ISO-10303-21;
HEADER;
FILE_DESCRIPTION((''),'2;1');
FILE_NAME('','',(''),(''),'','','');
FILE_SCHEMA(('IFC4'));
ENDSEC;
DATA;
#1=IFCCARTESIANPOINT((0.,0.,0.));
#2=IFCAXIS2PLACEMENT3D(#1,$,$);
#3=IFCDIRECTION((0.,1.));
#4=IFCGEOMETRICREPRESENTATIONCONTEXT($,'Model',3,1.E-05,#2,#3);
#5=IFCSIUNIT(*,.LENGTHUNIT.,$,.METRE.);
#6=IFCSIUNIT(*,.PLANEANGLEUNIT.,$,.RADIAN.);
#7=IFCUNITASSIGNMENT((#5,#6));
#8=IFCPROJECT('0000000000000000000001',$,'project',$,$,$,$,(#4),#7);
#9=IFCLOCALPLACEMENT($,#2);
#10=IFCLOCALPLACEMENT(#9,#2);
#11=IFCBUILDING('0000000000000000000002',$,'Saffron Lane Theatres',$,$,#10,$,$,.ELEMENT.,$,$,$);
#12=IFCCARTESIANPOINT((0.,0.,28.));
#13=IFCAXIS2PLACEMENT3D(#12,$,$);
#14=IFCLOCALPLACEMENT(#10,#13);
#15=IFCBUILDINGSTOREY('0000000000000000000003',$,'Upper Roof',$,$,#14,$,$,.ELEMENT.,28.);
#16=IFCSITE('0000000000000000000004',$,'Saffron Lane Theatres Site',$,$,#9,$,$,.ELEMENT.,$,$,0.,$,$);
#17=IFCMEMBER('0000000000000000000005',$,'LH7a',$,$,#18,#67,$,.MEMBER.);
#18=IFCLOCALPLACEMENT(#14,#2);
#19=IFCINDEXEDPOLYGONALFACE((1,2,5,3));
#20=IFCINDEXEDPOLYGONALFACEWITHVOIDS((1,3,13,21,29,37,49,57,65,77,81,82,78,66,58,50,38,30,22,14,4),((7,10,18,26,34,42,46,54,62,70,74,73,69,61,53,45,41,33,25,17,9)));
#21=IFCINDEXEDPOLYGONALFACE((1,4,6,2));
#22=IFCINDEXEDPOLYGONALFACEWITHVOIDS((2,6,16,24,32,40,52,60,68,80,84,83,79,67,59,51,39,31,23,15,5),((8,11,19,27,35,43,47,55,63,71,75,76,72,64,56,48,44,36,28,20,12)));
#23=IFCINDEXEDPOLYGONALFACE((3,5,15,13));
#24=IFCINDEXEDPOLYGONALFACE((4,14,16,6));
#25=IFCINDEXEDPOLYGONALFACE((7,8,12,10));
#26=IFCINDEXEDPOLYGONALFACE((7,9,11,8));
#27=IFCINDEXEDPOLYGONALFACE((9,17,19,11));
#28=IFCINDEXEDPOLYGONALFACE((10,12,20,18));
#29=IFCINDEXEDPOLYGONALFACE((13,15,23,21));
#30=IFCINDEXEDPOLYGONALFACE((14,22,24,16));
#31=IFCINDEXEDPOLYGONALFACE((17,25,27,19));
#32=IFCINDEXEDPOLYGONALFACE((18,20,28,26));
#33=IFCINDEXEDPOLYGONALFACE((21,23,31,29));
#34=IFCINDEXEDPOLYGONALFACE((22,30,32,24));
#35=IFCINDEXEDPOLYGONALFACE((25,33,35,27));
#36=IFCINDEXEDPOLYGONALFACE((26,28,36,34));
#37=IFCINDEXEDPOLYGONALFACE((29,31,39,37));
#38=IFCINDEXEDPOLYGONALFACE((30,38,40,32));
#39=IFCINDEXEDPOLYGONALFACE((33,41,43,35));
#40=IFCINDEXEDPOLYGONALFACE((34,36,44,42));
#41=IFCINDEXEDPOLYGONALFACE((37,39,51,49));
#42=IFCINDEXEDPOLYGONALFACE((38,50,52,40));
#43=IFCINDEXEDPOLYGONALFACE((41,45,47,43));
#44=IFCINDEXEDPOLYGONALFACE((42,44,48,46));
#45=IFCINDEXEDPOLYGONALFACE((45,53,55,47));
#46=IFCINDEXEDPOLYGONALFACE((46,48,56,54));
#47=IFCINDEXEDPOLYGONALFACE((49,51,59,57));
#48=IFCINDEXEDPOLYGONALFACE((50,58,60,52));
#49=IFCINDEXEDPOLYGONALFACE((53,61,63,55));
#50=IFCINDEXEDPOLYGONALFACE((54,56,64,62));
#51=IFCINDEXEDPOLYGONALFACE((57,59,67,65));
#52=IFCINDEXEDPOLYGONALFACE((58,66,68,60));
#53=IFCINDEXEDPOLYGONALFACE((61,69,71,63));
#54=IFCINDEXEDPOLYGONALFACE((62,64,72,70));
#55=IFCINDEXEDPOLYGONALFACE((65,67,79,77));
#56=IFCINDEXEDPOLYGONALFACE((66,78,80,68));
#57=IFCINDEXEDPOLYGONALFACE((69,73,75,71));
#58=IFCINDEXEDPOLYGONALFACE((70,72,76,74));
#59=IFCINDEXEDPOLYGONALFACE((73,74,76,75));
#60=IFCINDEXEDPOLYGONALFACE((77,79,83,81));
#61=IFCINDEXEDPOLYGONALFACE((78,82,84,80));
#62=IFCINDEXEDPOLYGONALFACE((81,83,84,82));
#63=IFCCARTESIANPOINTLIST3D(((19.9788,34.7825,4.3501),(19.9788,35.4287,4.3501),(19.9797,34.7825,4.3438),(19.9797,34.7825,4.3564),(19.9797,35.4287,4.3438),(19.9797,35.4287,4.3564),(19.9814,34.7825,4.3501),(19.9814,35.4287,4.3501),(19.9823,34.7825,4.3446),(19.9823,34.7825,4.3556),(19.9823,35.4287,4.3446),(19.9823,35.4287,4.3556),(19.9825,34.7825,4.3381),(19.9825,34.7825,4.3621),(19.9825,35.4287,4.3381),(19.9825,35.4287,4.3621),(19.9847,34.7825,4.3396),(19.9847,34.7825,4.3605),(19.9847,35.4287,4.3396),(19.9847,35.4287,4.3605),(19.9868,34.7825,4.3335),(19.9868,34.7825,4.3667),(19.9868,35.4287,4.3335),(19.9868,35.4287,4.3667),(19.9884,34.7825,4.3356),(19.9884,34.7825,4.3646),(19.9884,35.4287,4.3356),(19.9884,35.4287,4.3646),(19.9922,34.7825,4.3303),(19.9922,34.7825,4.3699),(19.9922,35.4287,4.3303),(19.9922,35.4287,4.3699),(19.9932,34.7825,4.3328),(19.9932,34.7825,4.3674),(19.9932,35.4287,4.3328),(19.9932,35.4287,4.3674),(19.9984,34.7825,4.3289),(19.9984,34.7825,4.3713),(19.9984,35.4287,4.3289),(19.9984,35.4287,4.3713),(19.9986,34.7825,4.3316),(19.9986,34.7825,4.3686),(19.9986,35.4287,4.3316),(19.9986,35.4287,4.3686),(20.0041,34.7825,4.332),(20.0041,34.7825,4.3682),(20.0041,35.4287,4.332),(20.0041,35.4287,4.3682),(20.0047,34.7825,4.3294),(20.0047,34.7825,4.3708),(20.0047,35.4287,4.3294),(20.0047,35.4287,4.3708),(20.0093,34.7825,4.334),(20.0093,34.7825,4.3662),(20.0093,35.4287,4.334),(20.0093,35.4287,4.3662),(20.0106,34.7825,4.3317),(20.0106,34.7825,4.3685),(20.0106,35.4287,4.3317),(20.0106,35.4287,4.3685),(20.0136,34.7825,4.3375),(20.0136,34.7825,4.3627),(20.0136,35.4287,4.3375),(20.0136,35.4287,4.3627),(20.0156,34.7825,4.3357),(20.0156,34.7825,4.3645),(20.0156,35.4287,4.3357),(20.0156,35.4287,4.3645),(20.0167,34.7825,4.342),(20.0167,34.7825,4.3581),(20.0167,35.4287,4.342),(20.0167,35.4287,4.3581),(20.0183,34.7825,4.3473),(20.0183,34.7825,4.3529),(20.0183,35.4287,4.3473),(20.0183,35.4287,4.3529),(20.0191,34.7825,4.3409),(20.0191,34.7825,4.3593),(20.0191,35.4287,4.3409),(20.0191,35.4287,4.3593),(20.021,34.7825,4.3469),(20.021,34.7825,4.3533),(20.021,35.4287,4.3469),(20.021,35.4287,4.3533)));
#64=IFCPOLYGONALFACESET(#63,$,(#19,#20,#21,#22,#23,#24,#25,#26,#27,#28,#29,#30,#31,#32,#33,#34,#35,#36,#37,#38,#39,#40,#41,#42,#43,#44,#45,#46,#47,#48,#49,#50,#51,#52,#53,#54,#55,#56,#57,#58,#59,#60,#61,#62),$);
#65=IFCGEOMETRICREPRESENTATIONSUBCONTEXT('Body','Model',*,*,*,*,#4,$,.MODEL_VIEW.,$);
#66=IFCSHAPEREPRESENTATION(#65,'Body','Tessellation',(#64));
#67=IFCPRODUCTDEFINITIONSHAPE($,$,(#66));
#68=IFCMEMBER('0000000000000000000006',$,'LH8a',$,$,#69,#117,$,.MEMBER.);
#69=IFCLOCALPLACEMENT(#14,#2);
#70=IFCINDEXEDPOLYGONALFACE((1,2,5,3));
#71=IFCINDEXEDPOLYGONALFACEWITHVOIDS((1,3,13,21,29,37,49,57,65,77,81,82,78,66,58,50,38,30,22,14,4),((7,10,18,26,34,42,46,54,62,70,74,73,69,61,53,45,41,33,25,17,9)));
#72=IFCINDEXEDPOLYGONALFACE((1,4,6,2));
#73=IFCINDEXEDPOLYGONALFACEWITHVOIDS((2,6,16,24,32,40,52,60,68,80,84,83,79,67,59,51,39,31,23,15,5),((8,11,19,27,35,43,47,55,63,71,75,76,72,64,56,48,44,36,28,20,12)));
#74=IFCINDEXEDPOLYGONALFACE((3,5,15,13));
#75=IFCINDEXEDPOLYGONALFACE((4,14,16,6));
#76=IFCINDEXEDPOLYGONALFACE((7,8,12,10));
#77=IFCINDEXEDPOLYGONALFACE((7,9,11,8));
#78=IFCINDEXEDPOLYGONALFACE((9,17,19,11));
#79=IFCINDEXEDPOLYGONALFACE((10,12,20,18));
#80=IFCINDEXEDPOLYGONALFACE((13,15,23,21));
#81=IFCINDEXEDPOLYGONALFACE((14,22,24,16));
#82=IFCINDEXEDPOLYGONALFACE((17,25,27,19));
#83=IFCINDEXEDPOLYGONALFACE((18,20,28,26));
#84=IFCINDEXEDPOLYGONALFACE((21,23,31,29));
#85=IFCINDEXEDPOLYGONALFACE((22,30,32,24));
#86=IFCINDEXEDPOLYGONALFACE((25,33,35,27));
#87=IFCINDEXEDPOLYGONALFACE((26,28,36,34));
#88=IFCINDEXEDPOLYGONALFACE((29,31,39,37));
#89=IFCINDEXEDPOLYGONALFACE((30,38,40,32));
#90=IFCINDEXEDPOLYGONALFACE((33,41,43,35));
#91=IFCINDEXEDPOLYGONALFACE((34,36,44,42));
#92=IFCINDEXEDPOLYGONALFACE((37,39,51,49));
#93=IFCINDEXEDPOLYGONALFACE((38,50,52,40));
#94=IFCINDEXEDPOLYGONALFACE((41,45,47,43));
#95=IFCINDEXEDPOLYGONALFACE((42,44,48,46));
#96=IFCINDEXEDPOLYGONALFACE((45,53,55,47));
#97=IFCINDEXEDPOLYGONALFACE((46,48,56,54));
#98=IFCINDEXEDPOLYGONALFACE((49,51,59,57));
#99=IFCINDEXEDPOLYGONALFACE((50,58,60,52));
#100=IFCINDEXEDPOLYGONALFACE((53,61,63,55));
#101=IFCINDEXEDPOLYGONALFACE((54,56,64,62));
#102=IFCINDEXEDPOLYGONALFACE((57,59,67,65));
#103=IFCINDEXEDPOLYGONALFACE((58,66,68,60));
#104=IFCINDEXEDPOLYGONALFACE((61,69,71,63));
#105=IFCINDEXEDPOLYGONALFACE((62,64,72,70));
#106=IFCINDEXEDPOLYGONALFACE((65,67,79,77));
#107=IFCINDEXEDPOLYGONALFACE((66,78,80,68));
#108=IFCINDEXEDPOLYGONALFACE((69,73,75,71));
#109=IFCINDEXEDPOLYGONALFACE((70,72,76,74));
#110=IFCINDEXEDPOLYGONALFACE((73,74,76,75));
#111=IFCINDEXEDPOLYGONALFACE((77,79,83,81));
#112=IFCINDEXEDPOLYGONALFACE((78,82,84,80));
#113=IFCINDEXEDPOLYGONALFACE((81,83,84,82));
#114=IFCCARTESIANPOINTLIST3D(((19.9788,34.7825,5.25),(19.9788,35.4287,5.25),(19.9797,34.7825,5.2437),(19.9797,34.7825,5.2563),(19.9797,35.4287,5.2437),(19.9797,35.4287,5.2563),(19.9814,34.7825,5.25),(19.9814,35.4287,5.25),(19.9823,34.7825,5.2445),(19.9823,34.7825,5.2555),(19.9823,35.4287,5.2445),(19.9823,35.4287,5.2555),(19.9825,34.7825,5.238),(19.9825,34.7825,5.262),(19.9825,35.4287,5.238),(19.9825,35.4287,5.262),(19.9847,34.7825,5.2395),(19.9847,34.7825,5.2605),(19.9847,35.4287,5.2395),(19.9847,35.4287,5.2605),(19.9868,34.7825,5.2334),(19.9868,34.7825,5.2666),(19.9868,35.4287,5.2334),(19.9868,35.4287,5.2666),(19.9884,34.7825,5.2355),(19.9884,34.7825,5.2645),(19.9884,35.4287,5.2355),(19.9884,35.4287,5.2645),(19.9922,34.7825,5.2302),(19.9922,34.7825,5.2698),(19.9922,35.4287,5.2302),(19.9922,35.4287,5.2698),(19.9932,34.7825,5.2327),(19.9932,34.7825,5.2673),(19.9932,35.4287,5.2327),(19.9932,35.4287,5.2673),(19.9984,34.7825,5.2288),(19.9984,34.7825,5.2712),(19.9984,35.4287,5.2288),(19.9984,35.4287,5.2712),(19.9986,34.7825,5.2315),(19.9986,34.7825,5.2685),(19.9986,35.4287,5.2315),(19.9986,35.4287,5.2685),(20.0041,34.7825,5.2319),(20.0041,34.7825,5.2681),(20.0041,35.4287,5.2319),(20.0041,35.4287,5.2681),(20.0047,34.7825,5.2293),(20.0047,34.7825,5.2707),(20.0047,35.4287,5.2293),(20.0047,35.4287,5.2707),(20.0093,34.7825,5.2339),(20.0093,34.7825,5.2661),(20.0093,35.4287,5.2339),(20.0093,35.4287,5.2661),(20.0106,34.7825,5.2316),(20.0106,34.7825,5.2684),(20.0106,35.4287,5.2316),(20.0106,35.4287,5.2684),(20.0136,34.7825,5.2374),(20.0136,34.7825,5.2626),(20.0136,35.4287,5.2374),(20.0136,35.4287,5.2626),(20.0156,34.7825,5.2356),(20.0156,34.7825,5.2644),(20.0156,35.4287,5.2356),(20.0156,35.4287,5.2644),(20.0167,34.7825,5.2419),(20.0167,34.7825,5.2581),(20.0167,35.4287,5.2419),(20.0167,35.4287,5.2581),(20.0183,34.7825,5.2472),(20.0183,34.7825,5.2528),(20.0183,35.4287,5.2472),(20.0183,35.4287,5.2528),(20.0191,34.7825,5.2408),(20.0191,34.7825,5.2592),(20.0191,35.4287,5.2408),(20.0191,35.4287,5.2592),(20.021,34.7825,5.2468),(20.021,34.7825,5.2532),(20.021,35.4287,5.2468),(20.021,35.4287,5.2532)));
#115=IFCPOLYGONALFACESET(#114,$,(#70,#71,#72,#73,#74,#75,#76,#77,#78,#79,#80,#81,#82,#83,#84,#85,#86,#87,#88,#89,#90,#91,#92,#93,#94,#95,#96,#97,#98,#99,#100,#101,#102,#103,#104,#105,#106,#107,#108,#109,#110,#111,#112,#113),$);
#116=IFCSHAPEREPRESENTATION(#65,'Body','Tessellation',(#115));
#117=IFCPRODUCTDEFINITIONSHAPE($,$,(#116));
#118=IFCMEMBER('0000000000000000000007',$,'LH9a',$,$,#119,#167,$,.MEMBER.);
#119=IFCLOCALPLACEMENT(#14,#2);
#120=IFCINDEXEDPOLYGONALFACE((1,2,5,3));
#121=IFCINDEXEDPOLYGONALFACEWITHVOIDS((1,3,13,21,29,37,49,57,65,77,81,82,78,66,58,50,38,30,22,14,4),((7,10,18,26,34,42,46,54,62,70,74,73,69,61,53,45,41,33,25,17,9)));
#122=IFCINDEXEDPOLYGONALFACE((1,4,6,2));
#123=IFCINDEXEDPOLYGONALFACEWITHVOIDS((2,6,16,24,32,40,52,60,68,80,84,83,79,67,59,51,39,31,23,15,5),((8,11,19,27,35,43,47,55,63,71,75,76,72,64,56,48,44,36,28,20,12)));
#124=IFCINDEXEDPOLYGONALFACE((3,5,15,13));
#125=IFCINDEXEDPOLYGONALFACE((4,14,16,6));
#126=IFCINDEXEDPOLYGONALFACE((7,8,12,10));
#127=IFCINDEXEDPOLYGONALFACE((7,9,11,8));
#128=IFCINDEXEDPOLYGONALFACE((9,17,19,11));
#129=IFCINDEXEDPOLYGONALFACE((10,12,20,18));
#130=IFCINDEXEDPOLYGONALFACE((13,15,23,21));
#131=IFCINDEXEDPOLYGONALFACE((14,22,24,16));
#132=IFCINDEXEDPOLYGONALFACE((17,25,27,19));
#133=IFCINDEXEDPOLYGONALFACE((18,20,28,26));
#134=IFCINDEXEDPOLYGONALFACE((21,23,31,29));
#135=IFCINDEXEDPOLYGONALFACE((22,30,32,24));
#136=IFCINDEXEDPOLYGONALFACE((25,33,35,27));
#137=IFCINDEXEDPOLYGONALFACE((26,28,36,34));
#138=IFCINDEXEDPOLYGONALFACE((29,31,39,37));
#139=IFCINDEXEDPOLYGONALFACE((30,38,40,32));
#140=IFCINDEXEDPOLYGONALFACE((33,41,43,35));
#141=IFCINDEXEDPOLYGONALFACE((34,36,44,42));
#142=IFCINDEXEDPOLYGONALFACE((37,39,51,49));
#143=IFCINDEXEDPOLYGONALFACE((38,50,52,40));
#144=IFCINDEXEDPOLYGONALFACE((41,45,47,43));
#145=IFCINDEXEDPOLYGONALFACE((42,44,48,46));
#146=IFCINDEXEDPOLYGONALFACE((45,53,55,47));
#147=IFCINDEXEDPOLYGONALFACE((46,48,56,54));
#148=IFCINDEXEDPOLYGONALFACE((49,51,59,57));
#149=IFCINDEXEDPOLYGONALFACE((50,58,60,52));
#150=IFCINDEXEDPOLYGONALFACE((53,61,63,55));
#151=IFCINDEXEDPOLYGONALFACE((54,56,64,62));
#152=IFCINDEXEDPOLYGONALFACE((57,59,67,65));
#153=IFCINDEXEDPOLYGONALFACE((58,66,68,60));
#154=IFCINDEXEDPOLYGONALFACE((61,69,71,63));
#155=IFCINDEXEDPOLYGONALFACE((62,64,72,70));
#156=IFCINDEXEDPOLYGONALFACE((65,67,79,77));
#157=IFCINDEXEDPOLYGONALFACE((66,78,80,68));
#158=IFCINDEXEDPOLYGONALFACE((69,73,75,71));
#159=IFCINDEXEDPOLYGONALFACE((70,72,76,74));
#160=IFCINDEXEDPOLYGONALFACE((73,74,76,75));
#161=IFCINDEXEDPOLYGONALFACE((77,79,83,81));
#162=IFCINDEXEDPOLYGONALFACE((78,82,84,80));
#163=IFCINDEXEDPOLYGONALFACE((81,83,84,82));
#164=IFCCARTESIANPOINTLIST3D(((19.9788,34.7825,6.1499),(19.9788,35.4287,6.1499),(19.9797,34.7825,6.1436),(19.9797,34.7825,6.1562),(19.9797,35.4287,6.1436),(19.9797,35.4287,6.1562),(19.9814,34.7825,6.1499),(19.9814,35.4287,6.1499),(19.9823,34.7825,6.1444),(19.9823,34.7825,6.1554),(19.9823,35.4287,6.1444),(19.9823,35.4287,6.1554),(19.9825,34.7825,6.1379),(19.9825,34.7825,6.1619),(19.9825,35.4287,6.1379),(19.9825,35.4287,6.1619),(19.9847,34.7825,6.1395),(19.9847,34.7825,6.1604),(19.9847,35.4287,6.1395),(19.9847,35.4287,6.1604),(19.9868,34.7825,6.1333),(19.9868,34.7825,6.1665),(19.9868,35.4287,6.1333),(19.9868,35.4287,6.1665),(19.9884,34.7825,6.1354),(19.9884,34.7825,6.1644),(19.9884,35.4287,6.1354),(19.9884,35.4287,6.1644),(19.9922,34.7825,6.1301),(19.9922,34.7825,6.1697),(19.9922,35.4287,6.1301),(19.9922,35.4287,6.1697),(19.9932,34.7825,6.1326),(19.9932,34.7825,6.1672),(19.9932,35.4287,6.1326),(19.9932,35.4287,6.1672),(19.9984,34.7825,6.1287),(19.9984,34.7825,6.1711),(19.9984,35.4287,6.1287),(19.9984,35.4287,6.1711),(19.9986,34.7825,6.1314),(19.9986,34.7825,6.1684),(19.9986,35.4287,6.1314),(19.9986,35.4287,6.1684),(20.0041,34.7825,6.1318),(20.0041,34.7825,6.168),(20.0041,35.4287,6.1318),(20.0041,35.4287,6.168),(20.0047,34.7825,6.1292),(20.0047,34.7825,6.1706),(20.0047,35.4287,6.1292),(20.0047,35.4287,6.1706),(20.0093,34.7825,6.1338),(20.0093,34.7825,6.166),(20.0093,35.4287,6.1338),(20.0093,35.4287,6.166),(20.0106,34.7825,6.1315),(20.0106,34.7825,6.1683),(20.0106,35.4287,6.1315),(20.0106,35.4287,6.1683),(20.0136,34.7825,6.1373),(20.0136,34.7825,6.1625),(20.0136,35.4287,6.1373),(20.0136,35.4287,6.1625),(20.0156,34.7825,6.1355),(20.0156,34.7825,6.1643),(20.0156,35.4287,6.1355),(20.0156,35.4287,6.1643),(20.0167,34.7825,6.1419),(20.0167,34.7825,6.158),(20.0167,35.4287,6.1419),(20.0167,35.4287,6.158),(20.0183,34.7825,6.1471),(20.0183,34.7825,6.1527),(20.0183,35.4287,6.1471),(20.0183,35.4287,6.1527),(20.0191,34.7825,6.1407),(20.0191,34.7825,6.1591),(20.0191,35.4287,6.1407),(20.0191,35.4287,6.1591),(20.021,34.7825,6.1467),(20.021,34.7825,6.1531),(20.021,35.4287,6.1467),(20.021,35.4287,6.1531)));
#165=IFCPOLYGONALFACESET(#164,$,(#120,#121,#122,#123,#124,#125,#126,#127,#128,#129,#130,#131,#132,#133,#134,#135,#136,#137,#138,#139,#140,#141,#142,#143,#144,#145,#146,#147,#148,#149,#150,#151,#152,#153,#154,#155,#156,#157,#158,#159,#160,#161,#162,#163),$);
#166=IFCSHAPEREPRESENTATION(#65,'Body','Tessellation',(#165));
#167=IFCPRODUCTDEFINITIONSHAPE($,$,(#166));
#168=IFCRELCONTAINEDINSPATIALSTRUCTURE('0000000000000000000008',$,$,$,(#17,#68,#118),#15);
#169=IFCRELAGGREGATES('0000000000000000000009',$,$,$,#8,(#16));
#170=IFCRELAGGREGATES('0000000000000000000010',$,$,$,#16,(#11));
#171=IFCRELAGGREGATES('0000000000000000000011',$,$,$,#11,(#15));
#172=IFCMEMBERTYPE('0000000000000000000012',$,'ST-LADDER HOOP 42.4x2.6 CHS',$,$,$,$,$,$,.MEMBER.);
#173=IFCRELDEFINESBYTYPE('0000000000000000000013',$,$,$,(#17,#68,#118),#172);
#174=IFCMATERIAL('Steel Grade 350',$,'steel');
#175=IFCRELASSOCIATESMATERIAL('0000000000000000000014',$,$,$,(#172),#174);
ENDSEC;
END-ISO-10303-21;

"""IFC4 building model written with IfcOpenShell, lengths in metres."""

from ifc_helpers import new_model, si_unit, direction, frame, origin, origin_2d, place, context, subcontext, project, spatial, hollow_circle, extrude, material, material_profile, profile_set, type_object, element, save


model = new_model("IFC4")

# Units and contexts
model_context = context("Model", 3, precision=1e-05, world=origin(), true_north=direction((0.0, 1.0)))
body_context = subcontext(model_context, "Body", "Model", "MODEL_VIEW")
ifc_project = project(units=[si_unit("LENGTHUNIT", "METRE"), si_unit("PLANEANGLEUNIT", "RADIAN")], contexts=[model_context])

# Site, building, storey
site_placement = place(None, origin())
site = spatial("IfcSite", under=ifc_project, at=site_placement, Name="Saffron Lane Theatres Site", CompositionType="ELEMENT", RefElevation=0.0)
building_placement = place(site_placement, origin())
building = spatial("IfcBuilding", under=site, at=building_placement, Name="Saffron Lane Theatres", CompositionType="ELEMENT")
storey_placement = place(building_placement, frame((0.0, 0.0, 28.0)))
storey = spatial("IfcBuildingStorey", under=building, at=storey_placement, Name="Upper Roof", CompositionType="ELEMENT", Elevation=28.0)

# Members
ifc_material_1 = material(Name="Steel Grade 350", Category="steel")
ifc_material_profile_1 = material_profile(ifc_material_1, hollow_circle(Radius=0.0212, WallThickness=0.0027, at=origin_2d()))
ifc_profile_set_1 = profile_set([ifc_material_profile_1], Name="Steel Grade 350")
member_type_1 = type_object("IfcMemberType", Name="ST-LADDER HOOP 42.4x2.6 CHS", PredefinedType="MEMBER", material=ifc_profile_set_1)
for number, where, z_axis, x_axis, name in (
    (1, (20.0, 34.7825, 4.3501), (0.0, 1.0, 0.0), (-1.0, 0.0, 0.0), "LH7a"),
    (2, (20.0, 34.7825, 5.25), (0.0, 1.0, 0.0), (-1.0, 0.0, 0.0), "LH8a"),
    (3, (20.0, 34.7825, 6.1499), (0.0, 1.0, 0.0), (-1.0, 0.0, 0.0), "LH9a"),
):
    element("IfcMember", number, at=place(storey_placement, frame(where, z_axis=z_axis, x_axis=x_axis)), inside=storey, type_object=member_type_1, Name=name, PredefinedType="MEMBER", context=body_context, shape_type="SweptSolid", body=[
        extrude(hollow_circle(Radius=0.0212, WallThickness=0.0027, at=origin_2d()), origin(), (0.0, 0.0, 1.0), 0.6462),
    ])

save(model, "model.ifc")
